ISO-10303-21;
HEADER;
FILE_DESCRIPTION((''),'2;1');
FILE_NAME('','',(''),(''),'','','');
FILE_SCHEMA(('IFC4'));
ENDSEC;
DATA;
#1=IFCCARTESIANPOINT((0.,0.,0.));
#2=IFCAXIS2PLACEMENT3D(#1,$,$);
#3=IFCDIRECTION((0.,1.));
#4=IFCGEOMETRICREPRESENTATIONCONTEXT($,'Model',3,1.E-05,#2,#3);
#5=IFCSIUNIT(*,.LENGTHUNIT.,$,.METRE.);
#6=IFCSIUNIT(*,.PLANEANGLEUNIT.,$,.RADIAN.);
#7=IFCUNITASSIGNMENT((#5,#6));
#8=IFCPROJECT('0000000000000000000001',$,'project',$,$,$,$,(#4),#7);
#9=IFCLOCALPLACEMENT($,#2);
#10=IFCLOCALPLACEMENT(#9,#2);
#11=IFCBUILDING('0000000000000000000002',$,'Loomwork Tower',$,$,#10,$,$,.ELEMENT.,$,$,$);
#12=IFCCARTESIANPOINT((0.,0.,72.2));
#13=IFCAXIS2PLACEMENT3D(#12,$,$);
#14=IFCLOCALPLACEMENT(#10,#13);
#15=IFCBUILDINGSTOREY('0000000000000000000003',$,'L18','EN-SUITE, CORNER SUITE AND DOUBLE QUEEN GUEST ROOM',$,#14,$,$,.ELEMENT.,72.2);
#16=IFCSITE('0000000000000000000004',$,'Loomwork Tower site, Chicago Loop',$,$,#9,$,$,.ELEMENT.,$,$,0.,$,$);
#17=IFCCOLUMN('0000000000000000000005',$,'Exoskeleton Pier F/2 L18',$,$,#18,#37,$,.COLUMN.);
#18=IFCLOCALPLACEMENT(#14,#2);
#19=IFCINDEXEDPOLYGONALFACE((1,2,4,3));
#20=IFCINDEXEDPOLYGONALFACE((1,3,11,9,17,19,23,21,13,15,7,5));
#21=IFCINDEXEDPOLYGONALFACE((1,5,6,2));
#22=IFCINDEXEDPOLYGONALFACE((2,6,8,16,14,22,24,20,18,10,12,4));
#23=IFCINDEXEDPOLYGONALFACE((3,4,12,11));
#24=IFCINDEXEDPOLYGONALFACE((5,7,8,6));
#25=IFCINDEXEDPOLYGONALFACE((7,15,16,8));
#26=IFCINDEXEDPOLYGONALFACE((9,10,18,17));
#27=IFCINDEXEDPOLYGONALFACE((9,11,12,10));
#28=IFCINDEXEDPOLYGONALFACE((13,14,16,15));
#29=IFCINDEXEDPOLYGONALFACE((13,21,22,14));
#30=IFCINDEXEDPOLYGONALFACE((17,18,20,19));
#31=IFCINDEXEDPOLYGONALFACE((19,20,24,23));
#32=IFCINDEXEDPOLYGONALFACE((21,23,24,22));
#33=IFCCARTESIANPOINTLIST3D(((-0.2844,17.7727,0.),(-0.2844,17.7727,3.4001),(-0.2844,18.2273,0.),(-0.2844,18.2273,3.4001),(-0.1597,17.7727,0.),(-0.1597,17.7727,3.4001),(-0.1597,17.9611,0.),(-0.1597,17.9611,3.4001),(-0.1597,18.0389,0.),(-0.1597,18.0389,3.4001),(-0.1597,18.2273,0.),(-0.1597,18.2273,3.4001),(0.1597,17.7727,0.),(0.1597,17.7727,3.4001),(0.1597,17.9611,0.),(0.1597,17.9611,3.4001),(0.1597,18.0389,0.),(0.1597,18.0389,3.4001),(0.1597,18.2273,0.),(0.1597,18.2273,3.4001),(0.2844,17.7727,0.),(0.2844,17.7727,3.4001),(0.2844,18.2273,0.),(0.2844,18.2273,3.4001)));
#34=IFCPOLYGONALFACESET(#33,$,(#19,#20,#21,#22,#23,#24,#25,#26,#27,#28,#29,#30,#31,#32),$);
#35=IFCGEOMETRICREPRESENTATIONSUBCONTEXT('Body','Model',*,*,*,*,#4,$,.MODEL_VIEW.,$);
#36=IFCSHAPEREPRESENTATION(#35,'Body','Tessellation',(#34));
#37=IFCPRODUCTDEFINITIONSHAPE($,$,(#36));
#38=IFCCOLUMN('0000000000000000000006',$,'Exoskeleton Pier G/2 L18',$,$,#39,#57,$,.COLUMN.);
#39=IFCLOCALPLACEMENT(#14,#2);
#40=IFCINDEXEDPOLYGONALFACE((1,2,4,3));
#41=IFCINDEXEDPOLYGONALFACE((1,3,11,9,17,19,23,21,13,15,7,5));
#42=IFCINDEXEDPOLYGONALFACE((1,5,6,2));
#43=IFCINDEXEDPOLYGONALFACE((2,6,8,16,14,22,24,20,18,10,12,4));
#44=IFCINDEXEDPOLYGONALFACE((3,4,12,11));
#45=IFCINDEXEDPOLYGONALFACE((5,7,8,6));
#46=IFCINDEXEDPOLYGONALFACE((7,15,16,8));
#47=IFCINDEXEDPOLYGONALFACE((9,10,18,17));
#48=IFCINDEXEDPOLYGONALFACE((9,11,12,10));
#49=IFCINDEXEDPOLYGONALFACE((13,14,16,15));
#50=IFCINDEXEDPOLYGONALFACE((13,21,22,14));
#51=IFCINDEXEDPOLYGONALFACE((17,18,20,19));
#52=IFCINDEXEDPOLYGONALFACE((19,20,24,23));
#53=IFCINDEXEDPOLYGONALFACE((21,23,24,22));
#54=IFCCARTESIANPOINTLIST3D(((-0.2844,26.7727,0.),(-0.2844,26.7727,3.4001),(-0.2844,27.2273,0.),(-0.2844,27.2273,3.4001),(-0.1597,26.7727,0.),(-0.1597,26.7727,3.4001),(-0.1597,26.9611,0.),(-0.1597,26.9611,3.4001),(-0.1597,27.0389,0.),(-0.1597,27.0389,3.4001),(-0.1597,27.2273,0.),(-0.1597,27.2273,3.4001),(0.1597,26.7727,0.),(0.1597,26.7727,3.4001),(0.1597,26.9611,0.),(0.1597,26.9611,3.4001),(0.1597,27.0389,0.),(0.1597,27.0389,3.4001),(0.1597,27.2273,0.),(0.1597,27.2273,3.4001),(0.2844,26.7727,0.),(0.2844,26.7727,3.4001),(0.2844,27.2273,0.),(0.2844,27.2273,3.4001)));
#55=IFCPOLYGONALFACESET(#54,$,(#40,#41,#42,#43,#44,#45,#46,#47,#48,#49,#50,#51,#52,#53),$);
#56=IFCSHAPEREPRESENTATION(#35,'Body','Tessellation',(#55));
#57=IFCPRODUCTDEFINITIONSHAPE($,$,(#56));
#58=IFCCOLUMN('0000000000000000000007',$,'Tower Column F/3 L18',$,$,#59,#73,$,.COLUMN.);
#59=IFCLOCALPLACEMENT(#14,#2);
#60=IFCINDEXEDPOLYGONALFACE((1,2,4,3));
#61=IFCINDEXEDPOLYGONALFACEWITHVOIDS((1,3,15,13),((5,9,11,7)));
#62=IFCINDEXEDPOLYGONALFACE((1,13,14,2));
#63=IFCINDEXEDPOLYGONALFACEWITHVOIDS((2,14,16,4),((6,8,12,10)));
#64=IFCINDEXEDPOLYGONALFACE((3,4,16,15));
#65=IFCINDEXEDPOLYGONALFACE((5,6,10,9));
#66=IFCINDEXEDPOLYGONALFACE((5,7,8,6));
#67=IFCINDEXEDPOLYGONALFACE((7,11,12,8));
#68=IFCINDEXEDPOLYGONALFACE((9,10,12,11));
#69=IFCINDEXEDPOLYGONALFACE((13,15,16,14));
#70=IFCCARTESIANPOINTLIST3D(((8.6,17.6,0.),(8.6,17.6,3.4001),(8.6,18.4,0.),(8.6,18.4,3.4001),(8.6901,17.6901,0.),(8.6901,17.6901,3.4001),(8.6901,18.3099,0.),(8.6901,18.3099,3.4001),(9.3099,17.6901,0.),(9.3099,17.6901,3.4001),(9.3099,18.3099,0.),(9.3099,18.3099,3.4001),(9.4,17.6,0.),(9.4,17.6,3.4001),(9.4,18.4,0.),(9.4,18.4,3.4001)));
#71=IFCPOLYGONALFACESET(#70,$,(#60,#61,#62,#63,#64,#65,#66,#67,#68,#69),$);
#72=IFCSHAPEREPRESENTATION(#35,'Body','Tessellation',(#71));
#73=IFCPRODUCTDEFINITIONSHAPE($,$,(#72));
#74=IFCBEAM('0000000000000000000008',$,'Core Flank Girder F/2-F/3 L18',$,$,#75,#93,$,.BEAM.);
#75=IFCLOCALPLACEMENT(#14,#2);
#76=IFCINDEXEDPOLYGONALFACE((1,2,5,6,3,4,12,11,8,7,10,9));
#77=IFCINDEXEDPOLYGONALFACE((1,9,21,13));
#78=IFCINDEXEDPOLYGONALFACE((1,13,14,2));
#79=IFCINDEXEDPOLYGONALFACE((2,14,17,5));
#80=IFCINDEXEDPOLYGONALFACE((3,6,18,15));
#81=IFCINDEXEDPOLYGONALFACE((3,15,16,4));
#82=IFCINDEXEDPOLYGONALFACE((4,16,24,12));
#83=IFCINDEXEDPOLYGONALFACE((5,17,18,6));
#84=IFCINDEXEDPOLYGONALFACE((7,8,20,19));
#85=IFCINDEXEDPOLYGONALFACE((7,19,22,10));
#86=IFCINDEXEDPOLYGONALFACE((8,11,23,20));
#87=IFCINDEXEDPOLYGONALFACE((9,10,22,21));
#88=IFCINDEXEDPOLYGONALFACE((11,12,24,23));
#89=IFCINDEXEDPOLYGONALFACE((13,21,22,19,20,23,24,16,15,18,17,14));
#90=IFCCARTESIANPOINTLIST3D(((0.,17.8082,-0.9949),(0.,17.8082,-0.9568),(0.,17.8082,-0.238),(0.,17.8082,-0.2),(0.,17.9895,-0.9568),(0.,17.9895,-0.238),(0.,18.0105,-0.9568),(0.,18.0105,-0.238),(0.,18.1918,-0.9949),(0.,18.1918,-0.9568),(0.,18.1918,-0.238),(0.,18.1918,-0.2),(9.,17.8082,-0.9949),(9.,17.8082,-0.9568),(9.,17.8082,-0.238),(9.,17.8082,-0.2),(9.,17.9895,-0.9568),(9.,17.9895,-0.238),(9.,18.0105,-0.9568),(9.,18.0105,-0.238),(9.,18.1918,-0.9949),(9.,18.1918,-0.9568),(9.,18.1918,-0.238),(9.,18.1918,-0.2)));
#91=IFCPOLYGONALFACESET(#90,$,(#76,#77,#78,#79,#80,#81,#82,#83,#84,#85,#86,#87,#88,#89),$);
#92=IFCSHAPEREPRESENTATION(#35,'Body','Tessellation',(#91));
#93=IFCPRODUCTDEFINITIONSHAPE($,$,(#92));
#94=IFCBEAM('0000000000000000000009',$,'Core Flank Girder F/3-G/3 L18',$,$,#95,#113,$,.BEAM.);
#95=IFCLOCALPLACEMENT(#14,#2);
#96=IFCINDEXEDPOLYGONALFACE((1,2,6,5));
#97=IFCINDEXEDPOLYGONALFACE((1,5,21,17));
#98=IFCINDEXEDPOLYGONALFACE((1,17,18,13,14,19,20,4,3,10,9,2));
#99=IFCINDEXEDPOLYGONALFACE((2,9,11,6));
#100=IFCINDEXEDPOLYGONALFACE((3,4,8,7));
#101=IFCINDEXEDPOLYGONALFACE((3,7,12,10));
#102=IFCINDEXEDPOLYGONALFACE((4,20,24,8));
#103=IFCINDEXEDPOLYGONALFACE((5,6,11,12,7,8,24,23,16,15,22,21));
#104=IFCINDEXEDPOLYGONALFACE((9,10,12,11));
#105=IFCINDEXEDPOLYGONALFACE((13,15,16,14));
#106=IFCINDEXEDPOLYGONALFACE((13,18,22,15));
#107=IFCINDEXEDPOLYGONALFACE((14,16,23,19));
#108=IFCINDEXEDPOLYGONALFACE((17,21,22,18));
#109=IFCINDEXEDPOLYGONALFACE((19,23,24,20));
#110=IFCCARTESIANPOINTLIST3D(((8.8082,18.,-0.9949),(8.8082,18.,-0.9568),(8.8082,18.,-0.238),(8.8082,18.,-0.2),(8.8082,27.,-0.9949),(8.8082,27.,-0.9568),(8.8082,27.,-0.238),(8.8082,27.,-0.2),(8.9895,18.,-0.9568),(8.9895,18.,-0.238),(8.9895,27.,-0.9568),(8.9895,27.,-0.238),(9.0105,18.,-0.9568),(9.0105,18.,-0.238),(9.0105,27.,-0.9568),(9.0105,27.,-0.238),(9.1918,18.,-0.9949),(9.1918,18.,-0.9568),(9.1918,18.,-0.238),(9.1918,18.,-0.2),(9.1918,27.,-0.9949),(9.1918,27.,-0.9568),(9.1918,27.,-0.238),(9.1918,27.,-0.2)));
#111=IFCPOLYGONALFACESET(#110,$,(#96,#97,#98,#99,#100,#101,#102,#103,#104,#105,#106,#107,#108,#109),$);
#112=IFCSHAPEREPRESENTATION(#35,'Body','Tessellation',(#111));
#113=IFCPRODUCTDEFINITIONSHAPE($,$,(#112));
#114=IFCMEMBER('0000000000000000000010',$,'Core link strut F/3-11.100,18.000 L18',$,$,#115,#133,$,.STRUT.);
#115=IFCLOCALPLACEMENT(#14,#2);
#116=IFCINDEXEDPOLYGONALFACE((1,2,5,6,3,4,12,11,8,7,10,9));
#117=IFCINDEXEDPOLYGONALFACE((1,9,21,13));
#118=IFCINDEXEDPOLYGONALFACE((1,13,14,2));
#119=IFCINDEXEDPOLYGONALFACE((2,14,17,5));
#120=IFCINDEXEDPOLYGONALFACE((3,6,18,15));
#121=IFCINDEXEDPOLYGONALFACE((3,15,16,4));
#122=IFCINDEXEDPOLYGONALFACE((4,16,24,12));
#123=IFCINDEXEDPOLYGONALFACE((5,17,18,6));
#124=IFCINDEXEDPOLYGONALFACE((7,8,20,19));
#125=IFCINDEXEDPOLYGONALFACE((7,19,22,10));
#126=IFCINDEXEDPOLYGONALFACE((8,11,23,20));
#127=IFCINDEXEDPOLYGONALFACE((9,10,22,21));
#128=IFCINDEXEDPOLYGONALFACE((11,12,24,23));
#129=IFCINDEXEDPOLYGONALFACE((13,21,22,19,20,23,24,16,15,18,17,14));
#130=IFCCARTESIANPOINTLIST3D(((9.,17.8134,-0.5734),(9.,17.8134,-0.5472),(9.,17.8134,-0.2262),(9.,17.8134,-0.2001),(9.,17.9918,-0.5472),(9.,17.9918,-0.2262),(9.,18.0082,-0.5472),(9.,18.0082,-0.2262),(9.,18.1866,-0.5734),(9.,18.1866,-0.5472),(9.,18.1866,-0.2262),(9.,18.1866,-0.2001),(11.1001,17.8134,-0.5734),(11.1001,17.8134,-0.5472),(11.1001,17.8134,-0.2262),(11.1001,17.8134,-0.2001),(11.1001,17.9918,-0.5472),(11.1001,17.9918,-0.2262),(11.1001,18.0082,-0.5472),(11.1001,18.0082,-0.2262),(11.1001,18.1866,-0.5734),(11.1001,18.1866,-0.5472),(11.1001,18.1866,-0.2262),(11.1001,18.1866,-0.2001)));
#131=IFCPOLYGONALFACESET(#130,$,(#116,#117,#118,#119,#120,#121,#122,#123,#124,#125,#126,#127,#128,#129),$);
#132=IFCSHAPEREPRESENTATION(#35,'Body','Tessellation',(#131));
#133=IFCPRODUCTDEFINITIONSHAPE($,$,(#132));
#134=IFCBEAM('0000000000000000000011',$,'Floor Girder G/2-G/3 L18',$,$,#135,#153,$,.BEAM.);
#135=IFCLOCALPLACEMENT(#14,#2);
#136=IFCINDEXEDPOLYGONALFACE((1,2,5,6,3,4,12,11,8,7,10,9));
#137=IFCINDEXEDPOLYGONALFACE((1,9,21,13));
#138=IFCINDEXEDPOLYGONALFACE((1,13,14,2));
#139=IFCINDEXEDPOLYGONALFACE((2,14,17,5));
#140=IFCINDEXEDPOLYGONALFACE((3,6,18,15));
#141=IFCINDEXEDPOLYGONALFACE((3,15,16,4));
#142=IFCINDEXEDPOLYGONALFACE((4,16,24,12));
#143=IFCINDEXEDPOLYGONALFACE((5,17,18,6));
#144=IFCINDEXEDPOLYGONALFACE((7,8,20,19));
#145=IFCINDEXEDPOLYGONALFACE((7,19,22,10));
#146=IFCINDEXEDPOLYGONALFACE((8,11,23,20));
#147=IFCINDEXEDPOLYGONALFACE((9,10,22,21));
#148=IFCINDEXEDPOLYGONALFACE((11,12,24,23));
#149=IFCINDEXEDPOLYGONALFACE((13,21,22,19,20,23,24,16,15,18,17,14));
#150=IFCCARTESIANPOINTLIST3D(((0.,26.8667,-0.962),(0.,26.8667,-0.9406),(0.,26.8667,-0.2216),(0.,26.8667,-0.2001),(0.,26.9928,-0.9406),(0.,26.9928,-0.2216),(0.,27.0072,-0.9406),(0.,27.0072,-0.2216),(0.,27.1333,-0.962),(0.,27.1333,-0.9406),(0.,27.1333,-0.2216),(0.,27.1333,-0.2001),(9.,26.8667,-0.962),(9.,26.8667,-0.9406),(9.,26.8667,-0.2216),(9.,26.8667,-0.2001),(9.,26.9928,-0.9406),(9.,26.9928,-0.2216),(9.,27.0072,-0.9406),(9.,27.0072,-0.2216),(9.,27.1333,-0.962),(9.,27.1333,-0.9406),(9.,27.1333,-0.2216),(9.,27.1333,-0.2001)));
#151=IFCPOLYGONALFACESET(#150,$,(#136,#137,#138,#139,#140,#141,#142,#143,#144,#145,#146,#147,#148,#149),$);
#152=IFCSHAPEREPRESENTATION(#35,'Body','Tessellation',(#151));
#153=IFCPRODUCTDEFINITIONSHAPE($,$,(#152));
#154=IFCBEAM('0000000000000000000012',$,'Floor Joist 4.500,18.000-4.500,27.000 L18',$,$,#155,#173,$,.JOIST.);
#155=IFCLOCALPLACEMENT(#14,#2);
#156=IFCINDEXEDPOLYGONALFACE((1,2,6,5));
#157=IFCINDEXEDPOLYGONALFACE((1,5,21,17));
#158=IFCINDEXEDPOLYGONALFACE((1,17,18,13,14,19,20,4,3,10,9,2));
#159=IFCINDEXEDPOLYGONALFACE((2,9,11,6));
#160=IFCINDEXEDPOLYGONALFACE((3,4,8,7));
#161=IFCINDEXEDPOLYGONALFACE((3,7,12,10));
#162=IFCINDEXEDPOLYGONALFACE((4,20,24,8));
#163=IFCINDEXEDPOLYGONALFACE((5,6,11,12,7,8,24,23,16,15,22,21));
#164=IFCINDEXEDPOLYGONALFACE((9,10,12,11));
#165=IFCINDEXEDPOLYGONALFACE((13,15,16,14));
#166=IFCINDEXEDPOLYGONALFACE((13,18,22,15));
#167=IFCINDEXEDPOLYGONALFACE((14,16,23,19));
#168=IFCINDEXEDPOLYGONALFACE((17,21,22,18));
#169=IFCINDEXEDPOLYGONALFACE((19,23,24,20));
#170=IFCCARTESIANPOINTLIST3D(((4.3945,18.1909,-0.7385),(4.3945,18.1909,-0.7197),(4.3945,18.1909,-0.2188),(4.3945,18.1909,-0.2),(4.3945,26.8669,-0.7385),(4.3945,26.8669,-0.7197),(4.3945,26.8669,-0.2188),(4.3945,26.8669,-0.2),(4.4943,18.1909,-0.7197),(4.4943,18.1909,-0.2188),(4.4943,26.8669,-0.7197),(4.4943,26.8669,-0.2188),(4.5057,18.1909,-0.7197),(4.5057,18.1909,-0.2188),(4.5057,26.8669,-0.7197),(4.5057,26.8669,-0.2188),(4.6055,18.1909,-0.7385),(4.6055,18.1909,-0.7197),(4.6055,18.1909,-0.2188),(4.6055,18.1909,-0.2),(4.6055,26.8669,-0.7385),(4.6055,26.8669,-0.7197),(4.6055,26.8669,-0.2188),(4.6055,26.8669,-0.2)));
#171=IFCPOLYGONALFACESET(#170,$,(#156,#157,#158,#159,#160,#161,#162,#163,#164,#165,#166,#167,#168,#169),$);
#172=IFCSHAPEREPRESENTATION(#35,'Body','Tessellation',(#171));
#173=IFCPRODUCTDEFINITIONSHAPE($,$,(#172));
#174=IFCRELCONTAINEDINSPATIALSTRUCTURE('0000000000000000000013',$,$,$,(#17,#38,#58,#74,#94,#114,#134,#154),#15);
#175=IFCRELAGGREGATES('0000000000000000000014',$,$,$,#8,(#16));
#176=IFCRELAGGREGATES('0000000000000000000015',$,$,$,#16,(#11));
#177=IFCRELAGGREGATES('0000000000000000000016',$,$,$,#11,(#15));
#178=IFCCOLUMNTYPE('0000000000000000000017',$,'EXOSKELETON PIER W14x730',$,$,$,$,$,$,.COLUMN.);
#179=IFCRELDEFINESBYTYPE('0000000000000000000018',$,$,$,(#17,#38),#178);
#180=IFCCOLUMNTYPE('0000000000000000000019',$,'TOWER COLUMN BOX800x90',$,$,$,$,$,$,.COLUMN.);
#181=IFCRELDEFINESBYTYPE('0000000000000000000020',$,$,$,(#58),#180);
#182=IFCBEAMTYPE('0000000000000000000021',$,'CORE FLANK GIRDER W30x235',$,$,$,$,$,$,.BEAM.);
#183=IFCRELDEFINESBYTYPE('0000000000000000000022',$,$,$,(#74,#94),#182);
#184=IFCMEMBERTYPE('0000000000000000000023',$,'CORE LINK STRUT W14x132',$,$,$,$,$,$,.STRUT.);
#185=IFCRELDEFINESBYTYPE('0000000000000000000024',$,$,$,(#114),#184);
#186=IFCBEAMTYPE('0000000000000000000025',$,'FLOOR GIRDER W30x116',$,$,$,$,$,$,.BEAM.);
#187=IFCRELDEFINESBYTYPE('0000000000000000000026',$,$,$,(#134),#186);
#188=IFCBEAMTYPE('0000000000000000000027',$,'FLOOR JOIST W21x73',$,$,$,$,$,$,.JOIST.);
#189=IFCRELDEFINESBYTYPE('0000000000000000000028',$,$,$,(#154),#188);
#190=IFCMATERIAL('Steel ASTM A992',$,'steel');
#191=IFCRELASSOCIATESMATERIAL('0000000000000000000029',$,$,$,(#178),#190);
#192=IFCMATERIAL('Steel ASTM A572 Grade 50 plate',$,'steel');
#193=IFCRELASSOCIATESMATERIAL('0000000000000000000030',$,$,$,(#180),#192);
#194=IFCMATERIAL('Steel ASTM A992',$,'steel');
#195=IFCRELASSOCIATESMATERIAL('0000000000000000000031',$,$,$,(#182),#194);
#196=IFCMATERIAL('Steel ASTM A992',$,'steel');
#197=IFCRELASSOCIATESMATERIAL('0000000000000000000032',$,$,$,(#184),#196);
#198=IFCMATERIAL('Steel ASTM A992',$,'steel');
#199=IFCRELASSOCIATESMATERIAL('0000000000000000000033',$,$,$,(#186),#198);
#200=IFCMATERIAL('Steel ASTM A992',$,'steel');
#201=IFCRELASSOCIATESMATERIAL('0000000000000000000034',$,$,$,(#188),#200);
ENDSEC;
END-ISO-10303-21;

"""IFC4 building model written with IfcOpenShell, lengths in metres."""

from ifc_helpers import new_model, si_unit, direction, frame, origin, origin_2d, place, context, subcontext, project, spatial, hollow_rectangle, i_section, extrude, material, material_profile, profile_set, type_object, element, save


model = new_model("IFC4")

# Units and contexts
model_context = context("Model", 3, precision=1e-05, world=origin(), true_north=direction((0.0, 1.0)))
body_context = subcontext(model_context, "Body", "Model", "MODEL_VIEW")
ifc_project = project(units=[si_unit("LENGTHUNIT", "METRE"), si_unit("PLANEANGLEUNIT", "RADIAN")], contexts=[model_context])

# Site, building, storey
site_placement = place(None, origin())
site = spatial("IfcSite", under=ifc_project, at=site_placement, Name="Loomwork Tower site, Chicago Loop", CompositionType="ELEMENT", RefElevation=0.0)
building_placement = place(site_placement, origin())
building = spatial("IfcBuilding", under=site, at=building_placement, Name="Loomwork Tower", CompositionType="ELEMENT")
storey_placement = place(building_placement, frame((0.0, 0.0, 72.2)))
storey = spatial("IfcBuildingStorey", under=building, at=storey_placement, Name="L18", Description="EN-SUITE, CORNER SUITE AND DOUBLE QUEEN GUEST ROOM", CompositionType="ELEMENT", Elevation=72.2)

# Columns
ifc_material_1 = material(Name="Steel ASTM A992", Category="steel")
ifc_material_profile_1 = material_profile(ifc_material_1, i_section(OverallWidth=0.4546, OverallDepth=0.5688, WebThickness=0.0779, FlangeThickness=0.1248, at=origin_2d()), Name="W14x730")
ifc_profile_set_1 = profile_set([ifc_material_profile_1], Name="Steel ASTM A992")
column_type_1 = type_object("IfcColumnType", Name="EXOSKELETON PIER W14x730", PredefinedType="COLUMN", material=ifc_profile_set_1)
for number, where, z_axis, x_axis, name in (
    (1, (0.0, 18.0, 0.0), (0.0, 0.0, 1.0), (0.0, 1.0, 0.0), "Exoskeleton Pier F/2 L18"),
    (2, (0.0, 27.0, 0.0), (0.0, 0.0, 1.0), (0.0, 1.0, 0.0), "Exoskeleton Pier G/2 L18"),
):
    element("IfcColumn", number, at=place(storey_placement, frame(where, z_axis=z_axis, x_axis=x_axis)), inside=storey, type_object=column_type_1, Name=name, PredefinedType="COLUMN", context=body_context, shape_type="SweptSolid", body=[
        extrude(i_section(OverallWidth=0.4546, OverallDepth=0.5688, WebThickness=0.0779, FlangeThickness=0.1248, at=origin_2d()), origin(), (0.0, 0.0, 1.0), 3.4001),
    ])
ifc_material_2 = material(Name="Steel ASTM A572 Grade 50 plate", Category="steel")
ifc_material_profile_2 = material_profile(ifc_material_2, hollow_rectangle(XDim=0.8, YDim=0.8, WallThickness=0.0901, at=origin_2d()), Name="BOX800x90")
ifc_profile_set_2 = profile_set([ifc_material_profile_2], Name="Steel ASTM A572 Grade 50 plate")
column_type_2 = type_object("IfcColumnType", Name="TOWER COLUMN BOX800x90", PredefinedType="COLUMN", material=ifc_profile_set_2)
column_placement = place(storey_placement, frame((9.0, 18.0, 0.0), z_axis=(0.0, 0.0, 1.0), x_axis=(1.0, 0.0, 0.0)))
element("IfcColumn", 3, at=column_placement, inside=storey, type_object=column_type_2, Name="Tower Column F/3 L18", PredefinedType="COLUMN", context=body_context, shape_type="SweptSolid", body=[
    extrude(hollow_rectangle(XDim=0.8, YDim=0.8, WallThickness=0.0901, at=origin_2d()), origin(), (0.0, 0.0, 1.0), 3.4001),
])

# Beams
ifc_material_3 = material(Name="Steel ASTM A992", Category="steel")
ifc_material_profile_3 = material_profile(ifc_material_3, i_section(OverallWidth=0.3835, OverallDepth=0.7949, WebThickness=0.021, FlangeThickness=0.0381, at=origin_2d()), Name="W30x235")
ifc_profile_set_3 = profile_set([ifc_material_profile_3], Name="Steel ASTM A992")
beam_type_1 = type_object("IfcBeamType", Name="CORE FLANK GIRDER W30x235", PredefinedType="BEAM", material=ifc_profile_set_3)
for number, where, z_axis, x_axis, name in (
    (4, (0.0, 18.0, -0.5974), (1.0, 0.0, 0.0), (0.0, 1.0, 0.0), "Core Flank Girder F/2-F/3 L18"),
    (5, (9.0, 18.0, -0.5974), (0.0, 1.0, 0.0), (-1.0, 0.0, 0.0), "Core Flank Girder F/3-G/3 L18"),
):
    element("IfcBeam", number, at=place(storey_placement, frame(where, z_axis=z_axis, x_axis=x_axis)), inside=storey, type_object=beam_type_1, Name=name, PredefinedType="BEAM", context=body_context, shape_type="SweptSolid", body=[
        extrude(i_section(OverallWidth=0.3835, OverallDepth=0.7949, WebThickness=0.021, FlangeThickness=0.0381, at=origin_2d()), origin(), (0.0, 0.0, 1.0), 9.0),
    ])

# Member
ifc_material_4 = material(Name="Steel ASTM A992", Category="steel")
ifc_material_profile_4 = material_profile(ifc_material_4, i_section(OverallWidth=0.3733, OverallDepth=0.3733, WebThickness=0.0164, FlangeThickness=0.0261, at=origin_2d()), Name="W14x132")
ifc_profile_set_4 = profile_set([ifc_material_profile_4], Name="Steel ASTM A992")
member_type_1 = type_object("IfcMemberType", Name="CORE LINK STRUT W14x132", PredefinedType="STRUT", material=ifc_profile_set_4)
member_1_placement = place(storey_placement, frame((9.0, 18.0, -0.3867), z_axis=(1.0, 0.0, 0.0), x_axis=(0.0, 1.0, 0.0)))
element("IfcMember", 6, at=member_1_placement, inside=storey, type_object=member_type_1, Name="Core link strut F/3-11.100,18.000 L18", PredefinedType="STRUT", context=body_context, shape_type="SweptSolid", body=[
    extrude(i_section(OverallWidth=0.3733, OverallDepth=0.3733, WebThickness=0.0164, FlangeThickness=0.0261, at=origin_2d()), origin(), (0.0, 0.0, 1.0), 2.1001),
])

# Beams
ifc_material_5 = material(Name="Steel ASTM A992", Category="steel")
ifc_material_profile_5 = material_profile(ifc_material_5, i_section(OverallWidth=0.2666, OverallDepth=0.762, WebThickness=0.0144, FlangeThickness=0.0215, at=origin_2d()), Name="W30x116")
ifc_profile_set_5 = profile_set([ifc_material_profile_5], Name="Steel ASTM A992")
beam_type_2 = type_object("IfcBeamType", Name="FLOOR GIRDER W30x116", PredefinedType="BEAM", material=ifc_profile_set_5)
beam_1_placement = place(storey_placement, frame((0.0, 27.0, -0.5811), z_axis=(1.0, 0.0, 0.0), x_axis=(0.0, 1.0, 0.0)))
element("IfcBeam", 7, at=beam_1_placement, inside=storey, type_object=beam_type_2, Name="Floor Girder G/2-G/3 L18", PredefinedType="BEAM", context=body_context, shape_type="SweptSolid", body=[
    extrude(i_section(OverallWidth=0.2666, OverallDepth=0.762, WebThickness=0.0144, FlangeThickness=0.0215, at=origin_2d()), origin(), (0.0, 0.0, 1.0), 9.0),
])
ifc_material_6 = material(Name="Steel ASTM A992", Category="steel")
ifc_material_profile_6 = material_profile(ifc_material_6, i_section(OverallWidth=0.2109, OverallDepth=0.5386, WebThickness=0.0115, FlangeThickness=0.0188, at=origin_2d()), Name="W21x73")
ifc_profile_set_6 = profile_set([ifc_material_profile_6], Name="Steel ASTM A992")
beam_type_3 = type_object("IfcBeamType", Name="FLOOR JOIST W21x73", PredefinedType="JOIST", material=ifc_profile_set_6)
beam_2_placement = place(storey_placement, frame((4.5, 18.1909, -0.4692), z_axis=(0.0, 1.0, 0.0), x_axis=(-1.0, 0.0, 0.0)))
element("IfcBeam", 8, at=beam_2_placement, inside=storey, type_object=beam_type_3, Name="Floor Joist 4.500,18.000-4.500,27.000 L18", PredefinedType="JOIST", context=body_context, shape_type="SweptSolid", body=[
    extrude(i_section(OverallWidth=0.2109, OverallDepth=0.5386, WebThickness=0.0115, FlangeThickness=0.0188, at=origin_2d()), origin(), (0.0, 0.0, 1.0), 8.676),
])

save(model, "model.ifc")
